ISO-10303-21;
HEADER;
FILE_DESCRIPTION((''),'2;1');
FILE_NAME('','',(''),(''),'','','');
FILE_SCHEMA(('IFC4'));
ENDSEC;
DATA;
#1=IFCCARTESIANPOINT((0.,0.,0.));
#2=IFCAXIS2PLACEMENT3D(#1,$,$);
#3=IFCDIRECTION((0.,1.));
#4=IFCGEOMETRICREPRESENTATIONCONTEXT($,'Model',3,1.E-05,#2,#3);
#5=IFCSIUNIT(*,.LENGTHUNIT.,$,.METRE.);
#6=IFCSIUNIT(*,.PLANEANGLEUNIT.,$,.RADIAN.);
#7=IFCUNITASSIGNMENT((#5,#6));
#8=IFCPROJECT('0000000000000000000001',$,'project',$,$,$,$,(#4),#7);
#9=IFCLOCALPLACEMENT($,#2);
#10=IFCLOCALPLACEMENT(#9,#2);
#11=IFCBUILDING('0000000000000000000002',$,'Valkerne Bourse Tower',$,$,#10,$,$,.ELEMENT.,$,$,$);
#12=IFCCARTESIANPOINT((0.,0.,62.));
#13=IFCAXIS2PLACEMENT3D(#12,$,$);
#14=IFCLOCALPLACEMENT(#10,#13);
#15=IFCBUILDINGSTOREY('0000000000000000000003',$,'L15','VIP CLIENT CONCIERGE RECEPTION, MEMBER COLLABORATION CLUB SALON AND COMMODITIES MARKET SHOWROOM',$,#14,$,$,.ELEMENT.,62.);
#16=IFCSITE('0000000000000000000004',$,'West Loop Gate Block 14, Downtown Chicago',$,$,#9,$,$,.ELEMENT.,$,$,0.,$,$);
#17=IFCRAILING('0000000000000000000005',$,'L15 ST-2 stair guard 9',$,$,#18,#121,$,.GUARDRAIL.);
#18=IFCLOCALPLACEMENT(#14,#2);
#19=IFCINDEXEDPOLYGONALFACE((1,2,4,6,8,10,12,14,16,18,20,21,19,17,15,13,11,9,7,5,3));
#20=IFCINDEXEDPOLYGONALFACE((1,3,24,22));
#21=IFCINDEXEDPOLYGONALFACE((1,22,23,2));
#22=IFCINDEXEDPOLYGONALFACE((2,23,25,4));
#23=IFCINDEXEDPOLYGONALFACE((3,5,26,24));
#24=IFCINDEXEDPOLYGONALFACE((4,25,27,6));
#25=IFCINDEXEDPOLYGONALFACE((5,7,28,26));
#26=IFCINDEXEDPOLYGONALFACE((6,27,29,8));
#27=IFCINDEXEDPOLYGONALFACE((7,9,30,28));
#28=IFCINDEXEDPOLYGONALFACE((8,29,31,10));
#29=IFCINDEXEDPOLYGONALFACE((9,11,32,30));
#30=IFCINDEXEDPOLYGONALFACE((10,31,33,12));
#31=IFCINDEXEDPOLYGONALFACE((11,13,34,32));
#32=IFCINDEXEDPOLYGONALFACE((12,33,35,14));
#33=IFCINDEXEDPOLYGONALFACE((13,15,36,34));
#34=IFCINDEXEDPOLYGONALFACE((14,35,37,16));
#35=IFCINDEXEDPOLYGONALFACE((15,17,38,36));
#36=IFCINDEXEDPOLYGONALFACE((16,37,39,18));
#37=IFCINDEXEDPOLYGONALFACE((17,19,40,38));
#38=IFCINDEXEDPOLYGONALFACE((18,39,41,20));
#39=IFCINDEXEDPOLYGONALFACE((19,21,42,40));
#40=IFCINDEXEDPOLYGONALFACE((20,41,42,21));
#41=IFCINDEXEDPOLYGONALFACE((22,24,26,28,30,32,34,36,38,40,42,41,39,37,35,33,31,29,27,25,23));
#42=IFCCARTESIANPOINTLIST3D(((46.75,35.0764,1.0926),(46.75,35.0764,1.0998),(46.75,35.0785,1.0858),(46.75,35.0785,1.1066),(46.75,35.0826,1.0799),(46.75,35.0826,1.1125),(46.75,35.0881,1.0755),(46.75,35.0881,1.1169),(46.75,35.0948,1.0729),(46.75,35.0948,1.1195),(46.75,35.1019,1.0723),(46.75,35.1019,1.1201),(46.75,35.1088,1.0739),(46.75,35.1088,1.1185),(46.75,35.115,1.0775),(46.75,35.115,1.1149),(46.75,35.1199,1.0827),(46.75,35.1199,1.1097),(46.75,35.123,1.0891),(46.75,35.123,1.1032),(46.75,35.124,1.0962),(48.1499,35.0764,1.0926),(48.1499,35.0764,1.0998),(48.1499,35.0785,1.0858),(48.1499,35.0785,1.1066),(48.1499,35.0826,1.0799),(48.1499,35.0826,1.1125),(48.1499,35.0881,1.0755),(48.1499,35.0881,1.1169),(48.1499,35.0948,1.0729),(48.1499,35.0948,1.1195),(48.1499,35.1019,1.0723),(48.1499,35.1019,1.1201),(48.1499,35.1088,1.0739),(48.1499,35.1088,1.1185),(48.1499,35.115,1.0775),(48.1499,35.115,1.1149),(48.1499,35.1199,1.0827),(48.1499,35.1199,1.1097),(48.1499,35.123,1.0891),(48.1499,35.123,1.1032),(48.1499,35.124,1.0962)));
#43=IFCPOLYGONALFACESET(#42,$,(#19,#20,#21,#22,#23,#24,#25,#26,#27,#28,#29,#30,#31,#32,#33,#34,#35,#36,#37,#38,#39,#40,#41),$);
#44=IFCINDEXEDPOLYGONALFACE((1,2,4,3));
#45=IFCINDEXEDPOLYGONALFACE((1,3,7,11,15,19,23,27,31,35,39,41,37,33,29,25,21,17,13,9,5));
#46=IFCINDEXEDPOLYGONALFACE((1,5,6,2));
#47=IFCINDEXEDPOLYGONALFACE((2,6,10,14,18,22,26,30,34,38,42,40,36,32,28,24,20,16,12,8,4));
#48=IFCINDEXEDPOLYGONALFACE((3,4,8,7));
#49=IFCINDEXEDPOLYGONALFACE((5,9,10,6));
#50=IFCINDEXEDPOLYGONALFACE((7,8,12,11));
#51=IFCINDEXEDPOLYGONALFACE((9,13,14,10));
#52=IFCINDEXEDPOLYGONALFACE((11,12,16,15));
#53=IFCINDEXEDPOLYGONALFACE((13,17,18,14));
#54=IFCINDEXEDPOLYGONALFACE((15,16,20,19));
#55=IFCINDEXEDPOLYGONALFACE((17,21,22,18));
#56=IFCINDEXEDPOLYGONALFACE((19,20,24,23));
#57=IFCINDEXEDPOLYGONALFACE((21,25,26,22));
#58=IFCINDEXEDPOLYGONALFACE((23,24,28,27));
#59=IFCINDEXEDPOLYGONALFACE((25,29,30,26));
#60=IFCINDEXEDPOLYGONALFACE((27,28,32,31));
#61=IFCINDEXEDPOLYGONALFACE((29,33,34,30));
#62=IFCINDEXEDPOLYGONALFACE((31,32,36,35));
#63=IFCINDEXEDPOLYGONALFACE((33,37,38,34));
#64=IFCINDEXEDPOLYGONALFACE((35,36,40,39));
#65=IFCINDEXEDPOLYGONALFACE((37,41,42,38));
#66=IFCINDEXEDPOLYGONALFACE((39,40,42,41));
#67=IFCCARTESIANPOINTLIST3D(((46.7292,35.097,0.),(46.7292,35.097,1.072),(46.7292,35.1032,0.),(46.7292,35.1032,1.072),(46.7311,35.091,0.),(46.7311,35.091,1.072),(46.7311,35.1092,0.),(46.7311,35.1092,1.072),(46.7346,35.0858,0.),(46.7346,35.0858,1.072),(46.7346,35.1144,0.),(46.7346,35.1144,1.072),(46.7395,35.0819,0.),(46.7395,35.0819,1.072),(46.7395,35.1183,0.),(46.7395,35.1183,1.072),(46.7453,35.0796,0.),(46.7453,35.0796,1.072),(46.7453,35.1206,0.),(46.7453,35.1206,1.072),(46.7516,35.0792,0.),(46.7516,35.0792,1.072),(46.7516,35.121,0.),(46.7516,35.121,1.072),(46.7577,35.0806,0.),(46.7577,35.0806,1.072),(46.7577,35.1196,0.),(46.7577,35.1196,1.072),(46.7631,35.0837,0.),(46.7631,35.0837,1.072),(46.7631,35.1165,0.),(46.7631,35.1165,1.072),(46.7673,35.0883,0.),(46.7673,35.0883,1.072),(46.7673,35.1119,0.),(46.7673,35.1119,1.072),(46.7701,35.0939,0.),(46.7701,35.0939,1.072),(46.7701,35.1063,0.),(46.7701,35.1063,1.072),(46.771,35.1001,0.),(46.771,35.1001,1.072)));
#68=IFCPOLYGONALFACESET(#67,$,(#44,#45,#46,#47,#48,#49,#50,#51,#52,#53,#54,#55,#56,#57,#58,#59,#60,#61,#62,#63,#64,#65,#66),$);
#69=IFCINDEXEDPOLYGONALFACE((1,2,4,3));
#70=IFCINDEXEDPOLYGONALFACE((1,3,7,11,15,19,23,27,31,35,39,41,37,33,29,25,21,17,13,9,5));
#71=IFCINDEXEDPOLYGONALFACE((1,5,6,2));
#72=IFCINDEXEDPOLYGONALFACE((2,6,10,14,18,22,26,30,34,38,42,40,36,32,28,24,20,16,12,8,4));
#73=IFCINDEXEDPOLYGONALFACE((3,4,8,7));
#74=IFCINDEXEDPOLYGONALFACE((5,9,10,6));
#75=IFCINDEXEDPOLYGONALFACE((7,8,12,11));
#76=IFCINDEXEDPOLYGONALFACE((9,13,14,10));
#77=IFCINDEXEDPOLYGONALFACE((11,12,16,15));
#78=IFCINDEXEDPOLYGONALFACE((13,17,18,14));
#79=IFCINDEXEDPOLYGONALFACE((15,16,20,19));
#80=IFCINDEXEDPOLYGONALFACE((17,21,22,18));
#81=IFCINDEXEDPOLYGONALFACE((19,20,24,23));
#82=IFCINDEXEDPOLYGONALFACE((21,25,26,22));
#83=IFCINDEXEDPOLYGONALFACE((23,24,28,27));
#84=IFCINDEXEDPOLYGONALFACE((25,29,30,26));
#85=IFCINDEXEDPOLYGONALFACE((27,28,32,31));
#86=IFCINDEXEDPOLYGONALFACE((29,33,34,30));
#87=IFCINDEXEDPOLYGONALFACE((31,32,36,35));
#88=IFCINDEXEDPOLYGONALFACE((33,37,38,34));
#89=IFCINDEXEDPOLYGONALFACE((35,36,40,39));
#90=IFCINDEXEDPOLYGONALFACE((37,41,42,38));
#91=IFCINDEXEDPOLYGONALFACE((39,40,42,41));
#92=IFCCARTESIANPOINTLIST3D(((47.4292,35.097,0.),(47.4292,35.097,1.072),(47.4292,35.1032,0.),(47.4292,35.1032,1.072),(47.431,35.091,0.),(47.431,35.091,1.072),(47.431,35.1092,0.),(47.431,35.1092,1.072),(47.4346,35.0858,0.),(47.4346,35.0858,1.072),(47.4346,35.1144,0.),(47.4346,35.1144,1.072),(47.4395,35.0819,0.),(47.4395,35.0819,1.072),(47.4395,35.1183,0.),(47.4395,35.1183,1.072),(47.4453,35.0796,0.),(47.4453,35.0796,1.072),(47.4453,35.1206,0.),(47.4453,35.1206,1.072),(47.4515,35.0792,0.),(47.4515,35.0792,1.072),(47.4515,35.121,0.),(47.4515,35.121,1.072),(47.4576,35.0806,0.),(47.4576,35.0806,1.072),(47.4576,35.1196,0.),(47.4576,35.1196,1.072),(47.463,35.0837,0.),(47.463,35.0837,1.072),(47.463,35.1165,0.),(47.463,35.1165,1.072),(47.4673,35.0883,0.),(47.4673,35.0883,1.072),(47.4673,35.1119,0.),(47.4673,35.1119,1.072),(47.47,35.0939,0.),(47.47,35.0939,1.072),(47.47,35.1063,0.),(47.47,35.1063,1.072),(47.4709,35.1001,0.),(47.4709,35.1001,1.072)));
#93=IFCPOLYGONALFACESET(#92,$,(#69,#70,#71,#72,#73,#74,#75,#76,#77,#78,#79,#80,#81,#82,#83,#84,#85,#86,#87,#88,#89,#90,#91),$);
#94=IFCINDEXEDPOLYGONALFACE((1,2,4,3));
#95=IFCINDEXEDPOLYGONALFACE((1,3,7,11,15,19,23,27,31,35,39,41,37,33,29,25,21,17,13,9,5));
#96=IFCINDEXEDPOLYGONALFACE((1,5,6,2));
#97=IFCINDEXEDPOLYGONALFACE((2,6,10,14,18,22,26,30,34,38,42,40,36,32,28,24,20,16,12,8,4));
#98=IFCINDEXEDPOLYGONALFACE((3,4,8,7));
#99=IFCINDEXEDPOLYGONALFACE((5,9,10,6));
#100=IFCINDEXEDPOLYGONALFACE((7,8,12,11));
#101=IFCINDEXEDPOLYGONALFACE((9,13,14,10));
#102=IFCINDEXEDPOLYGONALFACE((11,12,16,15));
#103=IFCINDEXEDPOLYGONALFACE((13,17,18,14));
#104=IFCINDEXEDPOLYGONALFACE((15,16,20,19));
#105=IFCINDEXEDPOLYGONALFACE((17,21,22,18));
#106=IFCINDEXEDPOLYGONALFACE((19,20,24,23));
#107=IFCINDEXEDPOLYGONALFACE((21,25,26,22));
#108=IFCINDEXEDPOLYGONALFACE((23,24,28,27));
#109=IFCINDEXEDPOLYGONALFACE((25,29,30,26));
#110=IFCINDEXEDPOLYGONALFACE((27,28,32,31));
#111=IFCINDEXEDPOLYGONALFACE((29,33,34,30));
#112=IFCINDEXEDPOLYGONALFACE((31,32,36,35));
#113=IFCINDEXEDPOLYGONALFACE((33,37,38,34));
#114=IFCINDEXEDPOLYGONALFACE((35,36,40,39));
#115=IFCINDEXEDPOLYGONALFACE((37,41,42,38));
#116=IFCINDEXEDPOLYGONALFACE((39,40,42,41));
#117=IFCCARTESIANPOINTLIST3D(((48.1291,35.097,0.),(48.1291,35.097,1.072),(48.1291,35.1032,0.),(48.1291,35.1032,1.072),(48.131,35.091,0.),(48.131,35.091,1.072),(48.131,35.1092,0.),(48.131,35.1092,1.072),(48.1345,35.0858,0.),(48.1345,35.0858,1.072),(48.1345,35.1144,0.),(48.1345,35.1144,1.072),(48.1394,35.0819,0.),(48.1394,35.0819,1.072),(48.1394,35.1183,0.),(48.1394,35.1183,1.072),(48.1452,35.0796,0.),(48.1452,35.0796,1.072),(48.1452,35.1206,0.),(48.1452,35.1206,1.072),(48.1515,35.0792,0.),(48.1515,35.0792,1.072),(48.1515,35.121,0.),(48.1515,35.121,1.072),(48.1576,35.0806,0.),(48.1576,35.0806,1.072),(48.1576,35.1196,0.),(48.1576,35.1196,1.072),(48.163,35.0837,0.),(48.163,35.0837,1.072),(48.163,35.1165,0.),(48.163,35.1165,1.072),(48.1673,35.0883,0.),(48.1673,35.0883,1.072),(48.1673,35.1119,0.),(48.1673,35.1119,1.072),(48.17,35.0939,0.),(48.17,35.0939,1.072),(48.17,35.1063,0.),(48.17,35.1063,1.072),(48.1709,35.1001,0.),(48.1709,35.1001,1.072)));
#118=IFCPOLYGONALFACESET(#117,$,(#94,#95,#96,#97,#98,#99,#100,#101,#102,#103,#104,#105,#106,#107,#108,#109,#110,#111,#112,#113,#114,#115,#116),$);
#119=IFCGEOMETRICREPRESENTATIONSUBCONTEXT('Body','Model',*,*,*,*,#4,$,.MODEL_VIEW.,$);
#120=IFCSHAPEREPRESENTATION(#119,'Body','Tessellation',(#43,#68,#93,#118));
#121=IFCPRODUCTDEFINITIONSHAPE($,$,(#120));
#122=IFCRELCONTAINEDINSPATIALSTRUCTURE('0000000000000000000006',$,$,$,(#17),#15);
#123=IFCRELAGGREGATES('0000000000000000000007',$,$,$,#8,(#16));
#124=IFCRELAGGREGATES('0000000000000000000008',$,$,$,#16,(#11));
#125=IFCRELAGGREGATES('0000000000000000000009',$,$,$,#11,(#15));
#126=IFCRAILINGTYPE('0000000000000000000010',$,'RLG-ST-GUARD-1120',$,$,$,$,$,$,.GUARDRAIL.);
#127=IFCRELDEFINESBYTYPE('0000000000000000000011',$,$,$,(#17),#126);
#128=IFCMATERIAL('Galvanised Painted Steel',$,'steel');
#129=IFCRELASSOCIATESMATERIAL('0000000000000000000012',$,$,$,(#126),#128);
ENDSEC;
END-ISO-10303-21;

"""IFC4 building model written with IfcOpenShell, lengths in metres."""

from ifc_helpers import new_model, si_unit, direction, frame, origin, origin_2d, place, context, subcontext, project, spatial, circle, extrude, material, type_object, element, save


model = new_model("IFC4")

# Units and contexts
model_context = context("Model", 3, precision=1e-05, world=origin(), true_north=direction((0.0, 1.0)))
body_context = subcontext(model_context, "Body", "Model", "MODEL_VIEW")
ifc_project = project(units=[si_unit("LENGTHUNIT", "METRE"), si_unit("PLANEANGLEUNIT", "RADIAN")], contexts=[model_context])

# Site, building, storey
site_placement = place(None, origin())
site = spatial("IfcSite", under=ifc_project, at=site_placement, Name="West Loop Gate Block 14, Downtown Chicago", CompositionType="ELEMENT", RefElevation=0.0)
building_placement = place(site_placement, origin())
building = spatial("IfcBuilding", under=site, at=building_placement, Name="Valkerne Bourse Tower", CompositionType="ELEMENT")
storey_placement = place(building_placement, frame((0.0, 0.0, 62.0)))
storey = spatial("IfcBuildingStorey", under=building, at=storey_placement, Name="L15", Description="VIP CLIENT CONCIERGE RECEPTION, MEMBER COLLABORATION CLUB SALON AND COMMODITIES MARKET SHOWROOM", CompositionType="ELEMENT", Elevation=62.0)

# Shared definitions
ifc_material_1 = material(Name="Galvanised Painted Steel", Category="steel")

# Railing
railing_type_1 = type_object("IfcRailingType", Name="RLG-ST-GUARD-1120", PredefinedType="GUARDRAIL", material=ifc_material_1)
for number, where, name in (
    (1, (46.75, 35.1001, 0.0), "L15 ST-2 stair guard 9"),
):
    element("IfcRailing", number, at=place(storey_placement, frame(where)), inside=storey, type_object=railing_type_1, Name=name, PredefinedType="GUARDRAIL", context=body_context, shape_type="SweptSolid", body=[
        extrude(circle(Radius=0.0239, at=origin_2d()), frame((0.0, 0.0, 1.0962), z_axis=(1.0, 0.0, 0.0), x_axis=(0.0, 1.0, 0.0)), (0.0, 0.0, 1.0), 1.3999),
        extrude(circle(Radius=0.021, at=origin_2d()), origin(), (0.0, 0.0, 1.0), 1.072),
        extrude(circle(Radius=0.021, at=origin_2d()), frame((0.7, 0.0, 0.0)), (0.0, 0.0, 1.0), 1.072),
        extrude(circle(Radius=0.021, at=origin_2d()), frame((1.3999, 0.0, 0.0)), (0.0, 0.0, 1.0), 1.072),
    ])

save(model, "model.ifc")
